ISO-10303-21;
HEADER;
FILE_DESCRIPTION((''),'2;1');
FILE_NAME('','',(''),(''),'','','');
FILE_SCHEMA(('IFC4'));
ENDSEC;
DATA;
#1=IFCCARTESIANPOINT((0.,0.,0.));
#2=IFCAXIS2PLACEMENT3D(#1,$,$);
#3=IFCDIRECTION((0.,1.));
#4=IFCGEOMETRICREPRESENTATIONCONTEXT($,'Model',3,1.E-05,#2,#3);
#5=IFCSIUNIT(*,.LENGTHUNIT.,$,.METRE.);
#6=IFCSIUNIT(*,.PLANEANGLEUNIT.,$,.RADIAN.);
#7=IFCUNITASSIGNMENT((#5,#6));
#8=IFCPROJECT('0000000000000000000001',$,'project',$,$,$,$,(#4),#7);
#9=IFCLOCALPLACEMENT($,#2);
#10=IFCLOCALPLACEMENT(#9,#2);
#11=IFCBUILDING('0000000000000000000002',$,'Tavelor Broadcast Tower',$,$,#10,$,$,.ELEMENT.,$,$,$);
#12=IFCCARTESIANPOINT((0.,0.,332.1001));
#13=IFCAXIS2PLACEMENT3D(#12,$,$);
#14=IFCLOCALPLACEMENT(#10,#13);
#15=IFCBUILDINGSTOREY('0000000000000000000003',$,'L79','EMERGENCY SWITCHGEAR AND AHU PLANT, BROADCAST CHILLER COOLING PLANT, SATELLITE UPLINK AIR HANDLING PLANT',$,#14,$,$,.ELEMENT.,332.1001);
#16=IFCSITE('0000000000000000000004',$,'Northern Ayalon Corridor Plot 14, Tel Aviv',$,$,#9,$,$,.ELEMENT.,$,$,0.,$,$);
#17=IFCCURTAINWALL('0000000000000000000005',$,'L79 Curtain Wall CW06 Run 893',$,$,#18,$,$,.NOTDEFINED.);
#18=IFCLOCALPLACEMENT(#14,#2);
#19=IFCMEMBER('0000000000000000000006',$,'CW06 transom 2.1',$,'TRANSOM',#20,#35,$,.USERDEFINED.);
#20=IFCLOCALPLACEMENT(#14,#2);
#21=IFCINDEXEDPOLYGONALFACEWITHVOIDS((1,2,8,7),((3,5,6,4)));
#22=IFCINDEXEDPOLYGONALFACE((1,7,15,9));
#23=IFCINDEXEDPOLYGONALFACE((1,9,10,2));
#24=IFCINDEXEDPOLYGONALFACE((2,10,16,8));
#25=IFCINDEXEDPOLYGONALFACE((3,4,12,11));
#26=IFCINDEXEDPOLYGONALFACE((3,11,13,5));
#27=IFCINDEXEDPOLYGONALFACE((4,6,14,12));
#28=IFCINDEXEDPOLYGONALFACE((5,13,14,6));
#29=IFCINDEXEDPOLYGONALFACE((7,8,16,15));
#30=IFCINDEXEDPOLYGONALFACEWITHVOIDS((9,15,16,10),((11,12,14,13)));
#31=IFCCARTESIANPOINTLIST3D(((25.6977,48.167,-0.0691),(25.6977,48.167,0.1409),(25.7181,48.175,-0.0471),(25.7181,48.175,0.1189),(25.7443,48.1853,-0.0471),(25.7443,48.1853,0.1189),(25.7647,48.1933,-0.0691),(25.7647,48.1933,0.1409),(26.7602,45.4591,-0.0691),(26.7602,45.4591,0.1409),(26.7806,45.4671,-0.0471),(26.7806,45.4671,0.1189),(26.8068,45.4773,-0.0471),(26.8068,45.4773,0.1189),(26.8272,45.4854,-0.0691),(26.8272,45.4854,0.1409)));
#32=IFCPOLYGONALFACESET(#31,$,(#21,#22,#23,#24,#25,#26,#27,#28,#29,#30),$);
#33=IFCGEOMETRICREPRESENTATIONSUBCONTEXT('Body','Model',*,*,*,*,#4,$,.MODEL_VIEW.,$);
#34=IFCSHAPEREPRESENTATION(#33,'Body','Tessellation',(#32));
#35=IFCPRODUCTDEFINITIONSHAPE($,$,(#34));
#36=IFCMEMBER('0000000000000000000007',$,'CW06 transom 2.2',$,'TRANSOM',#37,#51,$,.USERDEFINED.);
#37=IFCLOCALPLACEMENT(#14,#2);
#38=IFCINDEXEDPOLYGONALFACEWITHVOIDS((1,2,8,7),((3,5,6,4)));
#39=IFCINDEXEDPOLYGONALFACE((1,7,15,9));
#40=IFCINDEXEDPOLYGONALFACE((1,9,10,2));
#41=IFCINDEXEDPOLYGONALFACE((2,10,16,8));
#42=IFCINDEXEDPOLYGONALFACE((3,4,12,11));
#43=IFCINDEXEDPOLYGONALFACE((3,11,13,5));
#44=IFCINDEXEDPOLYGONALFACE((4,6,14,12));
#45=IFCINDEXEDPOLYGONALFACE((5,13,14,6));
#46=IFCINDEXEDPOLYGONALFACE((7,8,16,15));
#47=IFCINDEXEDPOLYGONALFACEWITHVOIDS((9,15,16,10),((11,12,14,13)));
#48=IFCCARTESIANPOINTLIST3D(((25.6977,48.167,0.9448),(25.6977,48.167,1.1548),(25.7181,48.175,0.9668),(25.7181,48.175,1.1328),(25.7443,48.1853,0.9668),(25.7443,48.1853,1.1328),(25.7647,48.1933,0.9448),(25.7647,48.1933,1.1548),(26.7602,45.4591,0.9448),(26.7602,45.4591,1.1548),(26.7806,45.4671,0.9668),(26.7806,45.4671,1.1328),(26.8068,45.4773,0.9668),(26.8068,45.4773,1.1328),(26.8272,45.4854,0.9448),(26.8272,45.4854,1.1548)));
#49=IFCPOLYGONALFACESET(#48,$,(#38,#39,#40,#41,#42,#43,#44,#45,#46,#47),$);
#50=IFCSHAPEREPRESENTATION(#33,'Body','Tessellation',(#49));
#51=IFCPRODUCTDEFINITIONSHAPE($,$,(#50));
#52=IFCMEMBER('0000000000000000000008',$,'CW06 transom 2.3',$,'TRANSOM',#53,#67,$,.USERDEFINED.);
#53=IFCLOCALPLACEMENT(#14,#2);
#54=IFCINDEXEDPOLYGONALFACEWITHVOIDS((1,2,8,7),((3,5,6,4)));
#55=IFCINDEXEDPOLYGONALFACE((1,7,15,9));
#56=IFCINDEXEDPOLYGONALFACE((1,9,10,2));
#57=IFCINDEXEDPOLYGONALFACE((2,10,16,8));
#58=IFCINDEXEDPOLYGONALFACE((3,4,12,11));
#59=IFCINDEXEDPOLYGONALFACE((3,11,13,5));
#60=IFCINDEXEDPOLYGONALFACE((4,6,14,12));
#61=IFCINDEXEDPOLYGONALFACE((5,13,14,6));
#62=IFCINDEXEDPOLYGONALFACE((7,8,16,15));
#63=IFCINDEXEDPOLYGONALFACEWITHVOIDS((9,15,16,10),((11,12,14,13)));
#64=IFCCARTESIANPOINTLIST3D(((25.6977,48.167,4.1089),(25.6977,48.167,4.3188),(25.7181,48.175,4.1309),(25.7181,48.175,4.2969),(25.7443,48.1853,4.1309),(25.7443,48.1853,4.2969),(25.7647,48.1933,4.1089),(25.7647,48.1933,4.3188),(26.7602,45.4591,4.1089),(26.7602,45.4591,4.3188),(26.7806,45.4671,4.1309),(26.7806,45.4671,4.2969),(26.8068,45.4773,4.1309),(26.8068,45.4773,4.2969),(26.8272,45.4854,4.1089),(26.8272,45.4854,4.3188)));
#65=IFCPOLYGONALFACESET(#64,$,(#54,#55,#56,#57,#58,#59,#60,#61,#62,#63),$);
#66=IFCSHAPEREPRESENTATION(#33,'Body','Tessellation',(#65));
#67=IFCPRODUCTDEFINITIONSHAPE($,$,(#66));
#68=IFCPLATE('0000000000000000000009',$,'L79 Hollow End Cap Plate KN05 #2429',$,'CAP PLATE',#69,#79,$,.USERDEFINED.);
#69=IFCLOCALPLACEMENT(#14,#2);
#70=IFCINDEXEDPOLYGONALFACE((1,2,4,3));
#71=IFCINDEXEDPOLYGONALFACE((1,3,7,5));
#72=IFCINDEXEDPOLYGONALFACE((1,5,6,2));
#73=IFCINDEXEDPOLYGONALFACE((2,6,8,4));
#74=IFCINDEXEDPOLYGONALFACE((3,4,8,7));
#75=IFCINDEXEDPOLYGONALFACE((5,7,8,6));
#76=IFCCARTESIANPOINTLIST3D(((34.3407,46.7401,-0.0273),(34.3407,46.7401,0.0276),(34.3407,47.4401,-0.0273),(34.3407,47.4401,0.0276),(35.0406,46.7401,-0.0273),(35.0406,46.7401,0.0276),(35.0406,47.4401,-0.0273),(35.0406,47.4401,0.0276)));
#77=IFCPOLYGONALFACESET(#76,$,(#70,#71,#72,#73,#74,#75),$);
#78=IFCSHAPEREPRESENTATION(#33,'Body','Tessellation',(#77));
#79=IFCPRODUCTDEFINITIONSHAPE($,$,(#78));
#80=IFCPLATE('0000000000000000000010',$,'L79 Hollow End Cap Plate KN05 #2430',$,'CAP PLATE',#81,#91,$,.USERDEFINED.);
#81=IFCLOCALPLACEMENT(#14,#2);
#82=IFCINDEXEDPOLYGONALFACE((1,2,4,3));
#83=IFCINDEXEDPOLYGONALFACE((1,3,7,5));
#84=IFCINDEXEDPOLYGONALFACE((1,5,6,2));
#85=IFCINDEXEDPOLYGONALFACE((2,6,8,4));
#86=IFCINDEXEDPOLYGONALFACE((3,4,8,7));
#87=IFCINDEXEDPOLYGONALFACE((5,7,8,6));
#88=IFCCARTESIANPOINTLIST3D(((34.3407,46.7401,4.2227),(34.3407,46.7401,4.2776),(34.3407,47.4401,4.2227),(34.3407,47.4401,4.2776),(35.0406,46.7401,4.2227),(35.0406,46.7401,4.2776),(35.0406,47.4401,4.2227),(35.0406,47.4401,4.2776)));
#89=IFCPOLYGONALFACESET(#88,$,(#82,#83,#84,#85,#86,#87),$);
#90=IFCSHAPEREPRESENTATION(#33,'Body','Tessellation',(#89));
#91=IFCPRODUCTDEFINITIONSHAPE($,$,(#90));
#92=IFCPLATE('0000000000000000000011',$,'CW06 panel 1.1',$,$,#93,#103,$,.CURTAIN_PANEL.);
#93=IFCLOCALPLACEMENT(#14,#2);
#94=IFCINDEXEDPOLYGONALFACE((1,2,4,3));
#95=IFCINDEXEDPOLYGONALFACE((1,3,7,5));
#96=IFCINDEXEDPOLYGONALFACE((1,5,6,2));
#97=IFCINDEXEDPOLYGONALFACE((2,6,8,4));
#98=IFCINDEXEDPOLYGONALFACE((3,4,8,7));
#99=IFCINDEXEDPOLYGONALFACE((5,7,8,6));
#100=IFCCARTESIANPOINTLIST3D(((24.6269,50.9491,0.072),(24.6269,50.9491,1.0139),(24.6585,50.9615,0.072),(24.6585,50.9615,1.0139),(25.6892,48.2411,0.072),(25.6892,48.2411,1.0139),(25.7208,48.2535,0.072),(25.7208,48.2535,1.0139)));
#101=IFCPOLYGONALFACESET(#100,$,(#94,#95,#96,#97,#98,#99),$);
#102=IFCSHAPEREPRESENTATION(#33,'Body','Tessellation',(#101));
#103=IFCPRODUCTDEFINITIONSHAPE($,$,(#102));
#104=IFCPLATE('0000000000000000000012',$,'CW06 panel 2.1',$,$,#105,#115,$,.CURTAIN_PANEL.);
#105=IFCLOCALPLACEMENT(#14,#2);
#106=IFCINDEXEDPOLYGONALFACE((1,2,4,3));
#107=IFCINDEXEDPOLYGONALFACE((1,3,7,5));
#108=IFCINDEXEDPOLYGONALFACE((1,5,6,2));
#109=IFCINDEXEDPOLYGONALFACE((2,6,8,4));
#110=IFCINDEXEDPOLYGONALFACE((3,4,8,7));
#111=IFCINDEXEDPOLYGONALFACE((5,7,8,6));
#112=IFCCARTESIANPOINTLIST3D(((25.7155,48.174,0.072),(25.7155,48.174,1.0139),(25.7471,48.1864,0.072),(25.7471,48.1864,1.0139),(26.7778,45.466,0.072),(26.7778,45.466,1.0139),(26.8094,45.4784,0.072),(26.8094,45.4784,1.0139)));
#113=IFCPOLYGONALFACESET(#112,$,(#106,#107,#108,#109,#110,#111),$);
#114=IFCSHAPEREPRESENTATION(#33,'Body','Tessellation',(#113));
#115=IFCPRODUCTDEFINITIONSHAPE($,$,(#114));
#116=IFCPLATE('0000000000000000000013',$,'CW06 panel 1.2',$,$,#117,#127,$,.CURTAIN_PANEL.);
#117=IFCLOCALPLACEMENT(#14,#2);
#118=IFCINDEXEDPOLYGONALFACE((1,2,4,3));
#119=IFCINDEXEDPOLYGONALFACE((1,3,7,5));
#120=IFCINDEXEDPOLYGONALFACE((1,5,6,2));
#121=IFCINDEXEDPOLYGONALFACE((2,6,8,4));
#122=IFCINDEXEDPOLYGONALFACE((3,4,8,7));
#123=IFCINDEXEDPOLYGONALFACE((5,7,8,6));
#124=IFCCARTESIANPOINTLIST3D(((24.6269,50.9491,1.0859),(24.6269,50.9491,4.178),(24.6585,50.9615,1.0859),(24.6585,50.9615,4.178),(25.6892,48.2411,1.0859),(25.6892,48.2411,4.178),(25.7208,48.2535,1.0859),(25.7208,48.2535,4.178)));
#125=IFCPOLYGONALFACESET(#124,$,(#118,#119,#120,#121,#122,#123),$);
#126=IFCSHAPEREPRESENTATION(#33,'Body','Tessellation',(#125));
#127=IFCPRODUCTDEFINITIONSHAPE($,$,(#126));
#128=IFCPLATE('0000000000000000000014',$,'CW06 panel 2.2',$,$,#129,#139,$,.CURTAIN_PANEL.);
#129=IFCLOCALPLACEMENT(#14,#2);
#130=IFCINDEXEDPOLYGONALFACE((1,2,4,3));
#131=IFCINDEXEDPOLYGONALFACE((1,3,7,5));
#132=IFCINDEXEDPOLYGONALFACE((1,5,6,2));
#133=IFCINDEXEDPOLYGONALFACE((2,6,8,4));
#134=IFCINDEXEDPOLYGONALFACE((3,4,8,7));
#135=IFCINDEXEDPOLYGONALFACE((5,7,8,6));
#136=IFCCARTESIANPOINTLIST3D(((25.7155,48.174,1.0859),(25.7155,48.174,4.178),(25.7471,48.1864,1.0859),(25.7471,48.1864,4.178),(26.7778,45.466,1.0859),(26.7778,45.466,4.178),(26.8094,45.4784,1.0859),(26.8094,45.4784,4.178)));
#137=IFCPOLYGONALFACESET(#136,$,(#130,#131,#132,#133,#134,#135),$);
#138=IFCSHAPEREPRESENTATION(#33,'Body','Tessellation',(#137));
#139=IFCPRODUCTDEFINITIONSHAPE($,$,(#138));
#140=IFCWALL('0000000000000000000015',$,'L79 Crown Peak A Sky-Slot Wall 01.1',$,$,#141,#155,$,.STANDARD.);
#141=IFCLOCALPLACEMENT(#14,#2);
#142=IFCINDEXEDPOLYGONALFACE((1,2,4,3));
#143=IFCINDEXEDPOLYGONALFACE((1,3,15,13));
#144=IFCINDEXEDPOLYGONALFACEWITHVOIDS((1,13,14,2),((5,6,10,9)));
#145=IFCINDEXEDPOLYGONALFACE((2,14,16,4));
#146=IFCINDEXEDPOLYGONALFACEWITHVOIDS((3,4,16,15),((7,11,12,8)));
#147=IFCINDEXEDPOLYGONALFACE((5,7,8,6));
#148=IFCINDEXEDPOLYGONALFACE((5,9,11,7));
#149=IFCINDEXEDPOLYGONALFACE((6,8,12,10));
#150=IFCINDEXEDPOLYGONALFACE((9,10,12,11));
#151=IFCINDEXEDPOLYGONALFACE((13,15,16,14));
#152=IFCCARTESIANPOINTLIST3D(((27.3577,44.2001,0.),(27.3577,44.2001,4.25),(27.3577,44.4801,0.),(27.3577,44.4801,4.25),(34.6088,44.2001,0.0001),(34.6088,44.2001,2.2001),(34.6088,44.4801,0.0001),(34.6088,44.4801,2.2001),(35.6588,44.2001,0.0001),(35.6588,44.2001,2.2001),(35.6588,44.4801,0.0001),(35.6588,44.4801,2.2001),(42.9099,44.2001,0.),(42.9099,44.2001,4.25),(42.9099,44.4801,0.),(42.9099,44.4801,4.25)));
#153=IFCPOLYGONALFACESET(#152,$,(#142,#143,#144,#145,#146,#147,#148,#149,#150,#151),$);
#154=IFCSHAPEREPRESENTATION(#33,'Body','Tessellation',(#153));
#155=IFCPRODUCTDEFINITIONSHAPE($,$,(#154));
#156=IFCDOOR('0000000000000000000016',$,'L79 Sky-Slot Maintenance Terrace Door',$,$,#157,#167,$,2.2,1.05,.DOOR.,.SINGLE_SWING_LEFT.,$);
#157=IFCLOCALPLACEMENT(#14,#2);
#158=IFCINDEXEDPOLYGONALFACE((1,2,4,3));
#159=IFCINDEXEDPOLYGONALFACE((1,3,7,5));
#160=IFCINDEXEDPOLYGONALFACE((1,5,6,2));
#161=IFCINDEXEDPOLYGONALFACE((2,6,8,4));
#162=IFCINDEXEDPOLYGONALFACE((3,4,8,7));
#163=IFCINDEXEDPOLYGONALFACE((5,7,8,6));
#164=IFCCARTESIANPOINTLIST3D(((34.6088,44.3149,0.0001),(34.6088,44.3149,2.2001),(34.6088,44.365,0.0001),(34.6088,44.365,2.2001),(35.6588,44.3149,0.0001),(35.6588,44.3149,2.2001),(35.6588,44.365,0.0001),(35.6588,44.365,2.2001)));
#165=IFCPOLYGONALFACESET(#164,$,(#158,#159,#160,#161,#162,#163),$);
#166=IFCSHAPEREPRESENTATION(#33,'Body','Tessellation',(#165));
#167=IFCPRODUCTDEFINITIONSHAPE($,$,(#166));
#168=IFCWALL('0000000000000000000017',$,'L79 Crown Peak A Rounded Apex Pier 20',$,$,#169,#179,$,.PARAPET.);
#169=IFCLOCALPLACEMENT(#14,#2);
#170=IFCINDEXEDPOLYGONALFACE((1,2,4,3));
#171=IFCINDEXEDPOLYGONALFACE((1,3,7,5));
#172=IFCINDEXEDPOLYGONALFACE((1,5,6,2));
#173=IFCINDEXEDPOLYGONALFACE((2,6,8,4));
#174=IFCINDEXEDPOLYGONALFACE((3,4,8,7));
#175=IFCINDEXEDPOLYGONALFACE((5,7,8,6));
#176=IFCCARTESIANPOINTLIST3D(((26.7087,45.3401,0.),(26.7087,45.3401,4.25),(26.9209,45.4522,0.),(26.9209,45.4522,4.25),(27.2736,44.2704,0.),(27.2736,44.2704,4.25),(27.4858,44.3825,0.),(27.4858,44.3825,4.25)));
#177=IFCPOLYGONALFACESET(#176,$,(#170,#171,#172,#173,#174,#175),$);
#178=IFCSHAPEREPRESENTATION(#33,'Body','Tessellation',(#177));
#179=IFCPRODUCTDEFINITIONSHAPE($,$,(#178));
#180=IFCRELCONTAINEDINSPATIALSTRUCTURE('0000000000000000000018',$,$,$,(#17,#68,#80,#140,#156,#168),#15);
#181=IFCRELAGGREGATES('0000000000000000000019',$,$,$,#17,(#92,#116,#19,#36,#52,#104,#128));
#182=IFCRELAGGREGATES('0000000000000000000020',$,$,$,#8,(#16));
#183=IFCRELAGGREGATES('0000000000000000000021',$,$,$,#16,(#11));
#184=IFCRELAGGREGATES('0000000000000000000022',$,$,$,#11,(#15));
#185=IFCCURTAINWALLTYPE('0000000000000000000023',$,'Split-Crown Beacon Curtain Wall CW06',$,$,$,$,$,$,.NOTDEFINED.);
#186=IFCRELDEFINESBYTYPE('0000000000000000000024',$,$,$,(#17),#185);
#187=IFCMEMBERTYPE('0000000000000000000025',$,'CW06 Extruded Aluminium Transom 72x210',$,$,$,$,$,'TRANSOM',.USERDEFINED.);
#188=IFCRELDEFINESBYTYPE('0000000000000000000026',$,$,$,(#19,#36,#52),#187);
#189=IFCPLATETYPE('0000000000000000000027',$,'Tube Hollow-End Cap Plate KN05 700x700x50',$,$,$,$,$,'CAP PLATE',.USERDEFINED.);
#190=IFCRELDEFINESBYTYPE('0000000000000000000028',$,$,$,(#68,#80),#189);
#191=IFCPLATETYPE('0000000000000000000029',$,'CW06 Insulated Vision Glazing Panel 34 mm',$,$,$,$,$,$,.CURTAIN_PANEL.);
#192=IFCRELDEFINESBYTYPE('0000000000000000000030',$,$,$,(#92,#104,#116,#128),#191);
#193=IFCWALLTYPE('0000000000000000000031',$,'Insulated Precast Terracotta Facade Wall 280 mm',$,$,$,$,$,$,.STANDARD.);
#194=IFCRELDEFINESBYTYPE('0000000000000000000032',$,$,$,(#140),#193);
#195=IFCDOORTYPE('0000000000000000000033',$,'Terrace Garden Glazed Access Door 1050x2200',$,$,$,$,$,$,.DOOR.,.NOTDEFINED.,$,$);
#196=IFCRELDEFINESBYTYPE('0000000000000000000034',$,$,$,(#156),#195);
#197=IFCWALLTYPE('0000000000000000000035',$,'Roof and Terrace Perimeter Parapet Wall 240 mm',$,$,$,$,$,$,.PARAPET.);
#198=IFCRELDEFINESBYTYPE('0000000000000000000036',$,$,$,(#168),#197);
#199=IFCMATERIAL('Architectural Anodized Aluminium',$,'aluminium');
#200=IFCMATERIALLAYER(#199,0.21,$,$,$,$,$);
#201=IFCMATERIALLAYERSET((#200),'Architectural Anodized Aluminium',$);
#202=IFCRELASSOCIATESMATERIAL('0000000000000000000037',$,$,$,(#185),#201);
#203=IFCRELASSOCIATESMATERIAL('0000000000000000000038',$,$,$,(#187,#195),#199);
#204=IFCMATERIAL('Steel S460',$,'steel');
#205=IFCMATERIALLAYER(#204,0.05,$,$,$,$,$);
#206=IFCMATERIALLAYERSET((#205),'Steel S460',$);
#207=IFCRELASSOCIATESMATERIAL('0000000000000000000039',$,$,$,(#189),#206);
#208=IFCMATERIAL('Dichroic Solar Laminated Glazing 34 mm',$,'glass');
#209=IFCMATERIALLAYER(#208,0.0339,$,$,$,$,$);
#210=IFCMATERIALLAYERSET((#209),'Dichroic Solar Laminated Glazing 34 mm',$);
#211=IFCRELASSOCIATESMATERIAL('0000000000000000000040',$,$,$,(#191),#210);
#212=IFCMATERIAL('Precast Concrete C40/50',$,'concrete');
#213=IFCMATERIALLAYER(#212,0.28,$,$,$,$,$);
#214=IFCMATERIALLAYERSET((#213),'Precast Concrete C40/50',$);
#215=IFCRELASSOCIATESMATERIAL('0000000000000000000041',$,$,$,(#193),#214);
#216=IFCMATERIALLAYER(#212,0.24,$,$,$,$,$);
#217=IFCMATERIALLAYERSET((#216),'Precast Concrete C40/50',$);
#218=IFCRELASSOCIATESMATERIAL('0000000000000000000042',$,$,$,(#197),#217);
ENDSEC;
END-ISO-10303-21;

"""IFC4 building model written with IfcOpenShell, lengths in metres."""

from ifc_helpers import new_model, si_unit, direction, frame, frame_2d, origin, origin_2d, place, context, subcontext, project, spatial, rectangle, hollow_rectangle, extrude, source, transform, mapped, material, layer, layer_set, material_profile, profile_set, type_object, type_shapes, element, fill, aggregate, save


model = new_model("IFC4")

# Units and contexts
model_context = context("Model", 3, precision=1e-05, world=origin(), true_north=direction((0.0, 1.0)))
body_context = subcontext(model_context, "Body", "Model", "MODEL_VIEW")
ifc_project = project(units=[si_unit("LENGTHUNIT", "METRE"), si_unit("PLANEANGLEUNIT", "RADIAN")], contexts=[model_context])

# Site, building, storey
site_placement = place(None, origin())
site = spatial("IfcSite", under=ifc_project, at=site_placement, Name="Northern Ayalon Corridor Plot 14, Tel Aviv", CompositionType="ELEMENT", RefElevation=0.0)
building_placement = place(site_placement, origin())
building = spatial("IfcBuilding", under=site, at=building_placement, Name="Tavelor Broadcast Tower", CompositionType="ELEMENT")
storey_placement = place(building_placement, frame((0.0, 0.0, 332.1001)))
storey = spatial("IfcBuildingStorey", under=building, at=storey_placement, Name="L79", Description="EMERGENCY SWITCHGEAR AND AHU PLANT, BROADCAST CHILLER COOLING PLANT, SATELLITE UPLINK AIR HANDLING PLANT", CompositionType="ELEMENT", Elevation=332.1001)

# Shared definitions
ifc_material_1 = material(Name="Architectural Anodized Aluminium", Category="aluminium")
ifc_layer_1 = layer(ifc_material_1, 0.21)
ifc_layer_set_1 = layer_set([ifc_layer_1], Name="Architectural Anodized Aluminium")
curtain_wall_type = type_object("IfcCurtainWallType", Name="Split-Crown Beacon Curtain Wall CW06", PredefinedType="NOTDEFINED", material=ifc_layer_set_1)

# Curtain wall
curtain_wall_1_placement = place(storey_placement, origin())
curtain_wall_1 = element("IfcCurtainWall", 1, at=curtain_wall_1_placement, inside=storey, type_object=curtain_wall_type, Name="L79 Curtain Wall CW06 Run 893", PredefinedType="NOTDEFINED")

# Members
ifc_material_profile_1 = material_profile(ifc_material_1, hollow_rectangle(XDim=0.072, YDim=0.21, WallThickness=0.022, at=origin_2d()), Name="RHS 72x210x22")
ifc_profile_set_1 = profile_set([ifc_material_profile_1], Name="Architectural Anodized Aluminium")
member_type_1 = type_object("IfcMemberType", Name="CW06 Extruded Aluminium Transom 72x210", ElementType="TRANSOM", PredefinedType="USERDEFINED", material=ifc_profile_set_1)
shared_shape_1 = source(origin(), body_context, "Body", "SweptSolid", [
    extrude(hollow_rectangle(XDim=0.072, YDim=0.21, WallThickness=0.022, at=origin_2d()), origin(), (0.0, 0.0, 1.0), 2.9089),
])
type_shapes(member_type_1, [shared_shape_1])
member_1_placement = place(storey_placement, frame((25.7312, 48.1802, 0.0359), z_axis=(0.365247, -0.930911, 0.0), x_axis=(0.930911, 0.365247, 0.0)))
member_1 = element("IfcMember", 2, at=member_1_placement, type_object=member_type_1, Name="CW06 transom 2.1", ObjectType="TRANSOM", PredefinedType="USERDEFINED", context=body_context, shape_type="MappedRepresentation", body=[
    mapped(shared_shape_1, transform((0.0, 0.0, 0.0), scale=1.0)),
])
member_2_placement = place(storey_placement, frame((25.7312, 48.1802, 1.0498), z_axis=(0.365247, -0.930911, 0.0), x_axis=(0.930911, 0.365247, 0.0)))
member_2 = element("IfcMember", 3, at=member_2_placement, type_object=member_type_1, Name="CW06 transom 2.2", ObjectType="TRANSOM", PredefinedType="USERDEFINED", context=body_context, shape_type="MappedRepresentation", body=[
    mapped(shared_shape_1, transform((0.0, 0.0, 0.0), scale=1.0)),
])
member_3_placement = place(storey_placement, frame((25.7312, 48.1802, 4.2139), z_axis=(0.365247, -0.930911, 0.0), x_axis=(0.930911, 0.365247, 0.0)))
member_3 = element("IfcMember", 4, at=member_3_placement, type_object=member_type_1, Name="CW06 transom 2.3", ObjectType="TRANSOM", PredefinedType="USERDEFINED", context=body_context, shape_type="MappedRepresentation", body=[
    mapped(shared_shape_1, transform((0.0, 0.0, 0.0), scale=1.0)),
])

# Plates
ifc_material_2 = material(Name="Steel S460", Category="steel")
ifc_layer_2 = layer(ifc_material_2, 0.05)
ifc_layer_set_2 = layer_set([ifc_layer_2], Name="Steel S460")
plate_type_1 = type_object("IfcPlateType", Name="Tube Hollow-End Cap Plate KN05 700x700x50", ElementType="CAP PLATE", PredefinedType="USERDEFINED", material=ifc_layer_set_2)
shared_shape_2 = source(origin(), body_context, "Body", "SweptSolid", [
    extrude(rectangle(XDim=0.7, YDim=0.7, at=origin_2d()), origin(), (0.0, 0.0, 1.0), 0.0549),
])
type_shapes(plate_type_1, [shared_shape_2])
for number, where, z_axis, x_axis, name in (
    (5, (34.6907, 47.0901, -0.0273), (0.0, 0.0, 1.0), (1.0, 0.0, 0.0), "L79 Hollow End Cap Plate KN05 #2429"),
    (6, (34.6907, 47.0901, 4.2227), (0.0, 0.0, 1.0), (1.0, 0.0, 0.0), "L79 Hollow End Cap Plate KN05 #2430"),
):
    element("IfcPlate", number, at=place(storey_placement, frame(where, z_axis=z_axis, x_axis=x_axis)), inside=storey, type_object=plate_type_1, Name=name, ObjectType="CAP PLATE", PredefinedType="USERDEFINED", context=body_context, shape_type="MappedRepresentation", body=[
        mapped(shared_shape_2, transform((0.0, 0.0, 0.0), scale=1.0)),
    ])

# Plates
ifc_material_3 = material(Name="Dichroic Solar Laminated Glazing 34 mm", Category="glass")
ifc_layer_3 = layer(ifc_material_3, 0.0339)
ifc_layer_set_3 = layer_set([ifc_layer_3], Name="Dichroic Solar Laminated Glazing 34 mm")
plate_type_2 = type_object("IfcPlateType", Name="CW06 Insulated Vision Glazing Panel 34 mm", PredefinedType="CURTAIN_PANEL", material=ifc_layer_set_3)
shared_shape_3 = source(origin(), body_context, "Body", "SweptSolid", [
    extrude(rectangle(XDim=2.9089, YDim=0.0339, at=origin_2d()), origin(), (0.0, 0.0, 1.0), 0.9419),
])
plate_1_placement = place(storey_placement, frame((25.1738, 49.6013, 0.072), z_axis=(0.0, 0.0, 1.0), x_axis=(0.365199, -0.930929, 0.0)))
plate_1 = element("IfcPlate", 7, at=plate_1_placement, type_object=plate_type_2, Name="CW06 panel 1.1", PredefinedType="CURTAIN_PANEL", context=body_context, shape_type="MappedRepresentation", body=[
    mapped(shared_shape_3, transform((0.0, 0.0, 0.0), scale=1.0)),
])
plate_2_placement = place(storey_placement, frame((26.2625, 46.8262, 0.072), z_axis=(0.0, 0.0, 1.0), x_axis=(0.365199, -0.930929, 0.0)))
plate_2 = element("IfcPlate", 8, at=plate_2_placement, type_object=plate_type_2, Name="CW06 panel 2.1", PredefinedType="CURTAIN_PANEL", context=body_context, shape_type="MappedRepresentation", body=[
    mapped(shared_shape_3, transform((0.0, 0.0, 0.0), scale=1.0)),
])
shared_shape_4 = source(origin(), body_context, "Body", "SweptSolid", [
    extrude(rectangle(XDim=2.9089, YDim=0.0339, at=origin_2d()), origin(), (0.0, 0.0, 1.0), 3.092),
])
type_shapes(plate_type_2, [shared_shape_3, shared_shape_4])
plate_3_placement = place(storey_placement, frame((25.1738, 49.6013, 1.0859), z_axis=(0.0, 0.0, 1.0), x_axis=(0.365199, -0.930929, 0.0)))
plate_3 = element("IfcPlate", 9, at=plate_3_placement, type_object=plate_type_2, Name="CW06 panel 1.2", PredefinedType="CURTAIN_PANEL", context=body_context, shape_type="MappedRepresentation", body=[
    mapped(shared_shape_4, transform((0.0, 0.0, 0.0), scale=1.0)),
])
plate_4_placement = place(storey_placement, frame((26.2625, 46.8262, 1.0859), z_axis=(0.0, 0.0, 1.0), x_axis=(0.365199, -0.930929, 0.0)))
plate_4 = element("IfcPlate", 10, at=plate_4_placement, type_object=plate_type_2, Name="CW06 panel 2.2", PredefinedType="CURTAIN_PANEL", context=body_context, shape_type="MappedRepresentation", body=[
    mapped(shared_shape_4, transform((0.0, 0.0, 0.0), scale=1.0)),
])
aggregate(curtain_wall_1, [plate_1, plate_3, member_1, member_2, member_3, plate_2, plate_4])

# Wall, opening, door
ifc_material_4 = material(Name="Precast Concrete C40/50", Category="concrete")
ifc_layer_4 = layer(ifc_material_4, 0.28)
ifc_layer_set_4 = layer_set([ifc_layer_4], Name="Precast Concrete C40/50")
wall_type_1 = type_object("IfcWallType", Name="Insulated Precast Terracotta Facade Wall 280 mm", PredefinedType="STANDARD", material=ifc_layer_set_4)
wall_1_placement = place(storey_placement, frame((27.3577, 44.3401, 0.0), z_axis=(0.0, 0.0, 1.0), x_axis=(1.0, 0.0, 0.0)))
wall_1 = element("IfcWall", 11, at=wall_1_placement, inside=storey, type_object=wall_type_1, Name="L79 Crown Peak A Sky-Slot Wall 01.1", PredefinedType="STANDARD", context=body_context, shape_type="SweptSolid", body=[
    extrude(rectangle(XDim=15.5522, YDim=0.28, at=frame_2d((7.7761, 0.0))), origin(), (0.0, 0.0, 1.0), 4.25),
])
opening_1_placement = place(wall_1_placement, frame((7.2512, 0.0, 0.0)))
opening_1 = element("IfcOpeningElement", 12, at=opening_1_placement, cuts=wall_1, PredefinedType="OPENING", context=body_context, shape_type="SweptSolid", body=[
    extrude(rectangle(XDim=1.05, YDim=2.2, at=frame_2d((0.5249, 1.1001))), frame((0.0, 0.1499, 0.0), z_axis=(0.0, -1.0, 0.0), x_axis=(1.0, 0.0, 0.0)), (0.0, 0.0, 1.0), 0.3),
])
door_type_1 = type_object("IfcDoorType", Name="Terrace Garden Glazed Access Door 1050x2200", OperationType="NOTDEFINED", PredefinedType="DOOR", material=ifc_material_1)
door_1_placement = place(opening_1_placement, origin())
door_1 = element("IfcDoor", 13, at=door_1_placement, inside=storey, type_object=door_type_1, Name="L79 Sky-Slot Maintenance Terrace Door", OperationType="SINGLE_SWING_LEFT", OverallHeight=2.2, OverallWidth=1.05, PredefinedType="DOOR", context=body_context, shape_type="SweptSolid", body=[
    extrude(rectangle(XDim=1.05, YDim=2.2, at=frame_2d((0.5249, 1.1001))), frame((0.0, 0.0249, 0.0), z_axis=(0.0, -1.0, 0.0), x_axis=(1.0, 0.0, 0.0)), (0.0, 0.0, 1.0), 0.05),
])
fill(opening_1, door_1)

# Wall
ifc_layer_5 = layer(ifc_material_4, 0.24)
ifc_layer_set_5 = layer_set([ifc_layer_5], Name="Precast Concrete C40/50")
wall_type_2 = type_object("IfcWallType", Name="Roof and Terrace Perimeter Parapet Wall 240 mm", PredefinedType="PARAPET", material=ifc_layer_set_5)
wall_2_placement = place(storey_placement, frame((26.8147, 45.3962, 0.0), z_axis=(0.0, 0.0, 1.0), x_axis=(0.467044, -0.884234, 0.0)))
element("IfcWall", 14, at=wall_2_placement, inside=storey, type_object=wall_type_2, Name="L79 Crown Peak A Rounded Apex Pier 20", PredefinedType="PARAPET", context=body_context, shape_type="SweptSolid", body=[
    extrude(rectangle(XDim=1.2097, YDim=0.24, at=frame_2d((0.605, 0.0))), origin(), (0.0, 0.0, 1.0), 4.25),
])

save(model, "model.ifc")
